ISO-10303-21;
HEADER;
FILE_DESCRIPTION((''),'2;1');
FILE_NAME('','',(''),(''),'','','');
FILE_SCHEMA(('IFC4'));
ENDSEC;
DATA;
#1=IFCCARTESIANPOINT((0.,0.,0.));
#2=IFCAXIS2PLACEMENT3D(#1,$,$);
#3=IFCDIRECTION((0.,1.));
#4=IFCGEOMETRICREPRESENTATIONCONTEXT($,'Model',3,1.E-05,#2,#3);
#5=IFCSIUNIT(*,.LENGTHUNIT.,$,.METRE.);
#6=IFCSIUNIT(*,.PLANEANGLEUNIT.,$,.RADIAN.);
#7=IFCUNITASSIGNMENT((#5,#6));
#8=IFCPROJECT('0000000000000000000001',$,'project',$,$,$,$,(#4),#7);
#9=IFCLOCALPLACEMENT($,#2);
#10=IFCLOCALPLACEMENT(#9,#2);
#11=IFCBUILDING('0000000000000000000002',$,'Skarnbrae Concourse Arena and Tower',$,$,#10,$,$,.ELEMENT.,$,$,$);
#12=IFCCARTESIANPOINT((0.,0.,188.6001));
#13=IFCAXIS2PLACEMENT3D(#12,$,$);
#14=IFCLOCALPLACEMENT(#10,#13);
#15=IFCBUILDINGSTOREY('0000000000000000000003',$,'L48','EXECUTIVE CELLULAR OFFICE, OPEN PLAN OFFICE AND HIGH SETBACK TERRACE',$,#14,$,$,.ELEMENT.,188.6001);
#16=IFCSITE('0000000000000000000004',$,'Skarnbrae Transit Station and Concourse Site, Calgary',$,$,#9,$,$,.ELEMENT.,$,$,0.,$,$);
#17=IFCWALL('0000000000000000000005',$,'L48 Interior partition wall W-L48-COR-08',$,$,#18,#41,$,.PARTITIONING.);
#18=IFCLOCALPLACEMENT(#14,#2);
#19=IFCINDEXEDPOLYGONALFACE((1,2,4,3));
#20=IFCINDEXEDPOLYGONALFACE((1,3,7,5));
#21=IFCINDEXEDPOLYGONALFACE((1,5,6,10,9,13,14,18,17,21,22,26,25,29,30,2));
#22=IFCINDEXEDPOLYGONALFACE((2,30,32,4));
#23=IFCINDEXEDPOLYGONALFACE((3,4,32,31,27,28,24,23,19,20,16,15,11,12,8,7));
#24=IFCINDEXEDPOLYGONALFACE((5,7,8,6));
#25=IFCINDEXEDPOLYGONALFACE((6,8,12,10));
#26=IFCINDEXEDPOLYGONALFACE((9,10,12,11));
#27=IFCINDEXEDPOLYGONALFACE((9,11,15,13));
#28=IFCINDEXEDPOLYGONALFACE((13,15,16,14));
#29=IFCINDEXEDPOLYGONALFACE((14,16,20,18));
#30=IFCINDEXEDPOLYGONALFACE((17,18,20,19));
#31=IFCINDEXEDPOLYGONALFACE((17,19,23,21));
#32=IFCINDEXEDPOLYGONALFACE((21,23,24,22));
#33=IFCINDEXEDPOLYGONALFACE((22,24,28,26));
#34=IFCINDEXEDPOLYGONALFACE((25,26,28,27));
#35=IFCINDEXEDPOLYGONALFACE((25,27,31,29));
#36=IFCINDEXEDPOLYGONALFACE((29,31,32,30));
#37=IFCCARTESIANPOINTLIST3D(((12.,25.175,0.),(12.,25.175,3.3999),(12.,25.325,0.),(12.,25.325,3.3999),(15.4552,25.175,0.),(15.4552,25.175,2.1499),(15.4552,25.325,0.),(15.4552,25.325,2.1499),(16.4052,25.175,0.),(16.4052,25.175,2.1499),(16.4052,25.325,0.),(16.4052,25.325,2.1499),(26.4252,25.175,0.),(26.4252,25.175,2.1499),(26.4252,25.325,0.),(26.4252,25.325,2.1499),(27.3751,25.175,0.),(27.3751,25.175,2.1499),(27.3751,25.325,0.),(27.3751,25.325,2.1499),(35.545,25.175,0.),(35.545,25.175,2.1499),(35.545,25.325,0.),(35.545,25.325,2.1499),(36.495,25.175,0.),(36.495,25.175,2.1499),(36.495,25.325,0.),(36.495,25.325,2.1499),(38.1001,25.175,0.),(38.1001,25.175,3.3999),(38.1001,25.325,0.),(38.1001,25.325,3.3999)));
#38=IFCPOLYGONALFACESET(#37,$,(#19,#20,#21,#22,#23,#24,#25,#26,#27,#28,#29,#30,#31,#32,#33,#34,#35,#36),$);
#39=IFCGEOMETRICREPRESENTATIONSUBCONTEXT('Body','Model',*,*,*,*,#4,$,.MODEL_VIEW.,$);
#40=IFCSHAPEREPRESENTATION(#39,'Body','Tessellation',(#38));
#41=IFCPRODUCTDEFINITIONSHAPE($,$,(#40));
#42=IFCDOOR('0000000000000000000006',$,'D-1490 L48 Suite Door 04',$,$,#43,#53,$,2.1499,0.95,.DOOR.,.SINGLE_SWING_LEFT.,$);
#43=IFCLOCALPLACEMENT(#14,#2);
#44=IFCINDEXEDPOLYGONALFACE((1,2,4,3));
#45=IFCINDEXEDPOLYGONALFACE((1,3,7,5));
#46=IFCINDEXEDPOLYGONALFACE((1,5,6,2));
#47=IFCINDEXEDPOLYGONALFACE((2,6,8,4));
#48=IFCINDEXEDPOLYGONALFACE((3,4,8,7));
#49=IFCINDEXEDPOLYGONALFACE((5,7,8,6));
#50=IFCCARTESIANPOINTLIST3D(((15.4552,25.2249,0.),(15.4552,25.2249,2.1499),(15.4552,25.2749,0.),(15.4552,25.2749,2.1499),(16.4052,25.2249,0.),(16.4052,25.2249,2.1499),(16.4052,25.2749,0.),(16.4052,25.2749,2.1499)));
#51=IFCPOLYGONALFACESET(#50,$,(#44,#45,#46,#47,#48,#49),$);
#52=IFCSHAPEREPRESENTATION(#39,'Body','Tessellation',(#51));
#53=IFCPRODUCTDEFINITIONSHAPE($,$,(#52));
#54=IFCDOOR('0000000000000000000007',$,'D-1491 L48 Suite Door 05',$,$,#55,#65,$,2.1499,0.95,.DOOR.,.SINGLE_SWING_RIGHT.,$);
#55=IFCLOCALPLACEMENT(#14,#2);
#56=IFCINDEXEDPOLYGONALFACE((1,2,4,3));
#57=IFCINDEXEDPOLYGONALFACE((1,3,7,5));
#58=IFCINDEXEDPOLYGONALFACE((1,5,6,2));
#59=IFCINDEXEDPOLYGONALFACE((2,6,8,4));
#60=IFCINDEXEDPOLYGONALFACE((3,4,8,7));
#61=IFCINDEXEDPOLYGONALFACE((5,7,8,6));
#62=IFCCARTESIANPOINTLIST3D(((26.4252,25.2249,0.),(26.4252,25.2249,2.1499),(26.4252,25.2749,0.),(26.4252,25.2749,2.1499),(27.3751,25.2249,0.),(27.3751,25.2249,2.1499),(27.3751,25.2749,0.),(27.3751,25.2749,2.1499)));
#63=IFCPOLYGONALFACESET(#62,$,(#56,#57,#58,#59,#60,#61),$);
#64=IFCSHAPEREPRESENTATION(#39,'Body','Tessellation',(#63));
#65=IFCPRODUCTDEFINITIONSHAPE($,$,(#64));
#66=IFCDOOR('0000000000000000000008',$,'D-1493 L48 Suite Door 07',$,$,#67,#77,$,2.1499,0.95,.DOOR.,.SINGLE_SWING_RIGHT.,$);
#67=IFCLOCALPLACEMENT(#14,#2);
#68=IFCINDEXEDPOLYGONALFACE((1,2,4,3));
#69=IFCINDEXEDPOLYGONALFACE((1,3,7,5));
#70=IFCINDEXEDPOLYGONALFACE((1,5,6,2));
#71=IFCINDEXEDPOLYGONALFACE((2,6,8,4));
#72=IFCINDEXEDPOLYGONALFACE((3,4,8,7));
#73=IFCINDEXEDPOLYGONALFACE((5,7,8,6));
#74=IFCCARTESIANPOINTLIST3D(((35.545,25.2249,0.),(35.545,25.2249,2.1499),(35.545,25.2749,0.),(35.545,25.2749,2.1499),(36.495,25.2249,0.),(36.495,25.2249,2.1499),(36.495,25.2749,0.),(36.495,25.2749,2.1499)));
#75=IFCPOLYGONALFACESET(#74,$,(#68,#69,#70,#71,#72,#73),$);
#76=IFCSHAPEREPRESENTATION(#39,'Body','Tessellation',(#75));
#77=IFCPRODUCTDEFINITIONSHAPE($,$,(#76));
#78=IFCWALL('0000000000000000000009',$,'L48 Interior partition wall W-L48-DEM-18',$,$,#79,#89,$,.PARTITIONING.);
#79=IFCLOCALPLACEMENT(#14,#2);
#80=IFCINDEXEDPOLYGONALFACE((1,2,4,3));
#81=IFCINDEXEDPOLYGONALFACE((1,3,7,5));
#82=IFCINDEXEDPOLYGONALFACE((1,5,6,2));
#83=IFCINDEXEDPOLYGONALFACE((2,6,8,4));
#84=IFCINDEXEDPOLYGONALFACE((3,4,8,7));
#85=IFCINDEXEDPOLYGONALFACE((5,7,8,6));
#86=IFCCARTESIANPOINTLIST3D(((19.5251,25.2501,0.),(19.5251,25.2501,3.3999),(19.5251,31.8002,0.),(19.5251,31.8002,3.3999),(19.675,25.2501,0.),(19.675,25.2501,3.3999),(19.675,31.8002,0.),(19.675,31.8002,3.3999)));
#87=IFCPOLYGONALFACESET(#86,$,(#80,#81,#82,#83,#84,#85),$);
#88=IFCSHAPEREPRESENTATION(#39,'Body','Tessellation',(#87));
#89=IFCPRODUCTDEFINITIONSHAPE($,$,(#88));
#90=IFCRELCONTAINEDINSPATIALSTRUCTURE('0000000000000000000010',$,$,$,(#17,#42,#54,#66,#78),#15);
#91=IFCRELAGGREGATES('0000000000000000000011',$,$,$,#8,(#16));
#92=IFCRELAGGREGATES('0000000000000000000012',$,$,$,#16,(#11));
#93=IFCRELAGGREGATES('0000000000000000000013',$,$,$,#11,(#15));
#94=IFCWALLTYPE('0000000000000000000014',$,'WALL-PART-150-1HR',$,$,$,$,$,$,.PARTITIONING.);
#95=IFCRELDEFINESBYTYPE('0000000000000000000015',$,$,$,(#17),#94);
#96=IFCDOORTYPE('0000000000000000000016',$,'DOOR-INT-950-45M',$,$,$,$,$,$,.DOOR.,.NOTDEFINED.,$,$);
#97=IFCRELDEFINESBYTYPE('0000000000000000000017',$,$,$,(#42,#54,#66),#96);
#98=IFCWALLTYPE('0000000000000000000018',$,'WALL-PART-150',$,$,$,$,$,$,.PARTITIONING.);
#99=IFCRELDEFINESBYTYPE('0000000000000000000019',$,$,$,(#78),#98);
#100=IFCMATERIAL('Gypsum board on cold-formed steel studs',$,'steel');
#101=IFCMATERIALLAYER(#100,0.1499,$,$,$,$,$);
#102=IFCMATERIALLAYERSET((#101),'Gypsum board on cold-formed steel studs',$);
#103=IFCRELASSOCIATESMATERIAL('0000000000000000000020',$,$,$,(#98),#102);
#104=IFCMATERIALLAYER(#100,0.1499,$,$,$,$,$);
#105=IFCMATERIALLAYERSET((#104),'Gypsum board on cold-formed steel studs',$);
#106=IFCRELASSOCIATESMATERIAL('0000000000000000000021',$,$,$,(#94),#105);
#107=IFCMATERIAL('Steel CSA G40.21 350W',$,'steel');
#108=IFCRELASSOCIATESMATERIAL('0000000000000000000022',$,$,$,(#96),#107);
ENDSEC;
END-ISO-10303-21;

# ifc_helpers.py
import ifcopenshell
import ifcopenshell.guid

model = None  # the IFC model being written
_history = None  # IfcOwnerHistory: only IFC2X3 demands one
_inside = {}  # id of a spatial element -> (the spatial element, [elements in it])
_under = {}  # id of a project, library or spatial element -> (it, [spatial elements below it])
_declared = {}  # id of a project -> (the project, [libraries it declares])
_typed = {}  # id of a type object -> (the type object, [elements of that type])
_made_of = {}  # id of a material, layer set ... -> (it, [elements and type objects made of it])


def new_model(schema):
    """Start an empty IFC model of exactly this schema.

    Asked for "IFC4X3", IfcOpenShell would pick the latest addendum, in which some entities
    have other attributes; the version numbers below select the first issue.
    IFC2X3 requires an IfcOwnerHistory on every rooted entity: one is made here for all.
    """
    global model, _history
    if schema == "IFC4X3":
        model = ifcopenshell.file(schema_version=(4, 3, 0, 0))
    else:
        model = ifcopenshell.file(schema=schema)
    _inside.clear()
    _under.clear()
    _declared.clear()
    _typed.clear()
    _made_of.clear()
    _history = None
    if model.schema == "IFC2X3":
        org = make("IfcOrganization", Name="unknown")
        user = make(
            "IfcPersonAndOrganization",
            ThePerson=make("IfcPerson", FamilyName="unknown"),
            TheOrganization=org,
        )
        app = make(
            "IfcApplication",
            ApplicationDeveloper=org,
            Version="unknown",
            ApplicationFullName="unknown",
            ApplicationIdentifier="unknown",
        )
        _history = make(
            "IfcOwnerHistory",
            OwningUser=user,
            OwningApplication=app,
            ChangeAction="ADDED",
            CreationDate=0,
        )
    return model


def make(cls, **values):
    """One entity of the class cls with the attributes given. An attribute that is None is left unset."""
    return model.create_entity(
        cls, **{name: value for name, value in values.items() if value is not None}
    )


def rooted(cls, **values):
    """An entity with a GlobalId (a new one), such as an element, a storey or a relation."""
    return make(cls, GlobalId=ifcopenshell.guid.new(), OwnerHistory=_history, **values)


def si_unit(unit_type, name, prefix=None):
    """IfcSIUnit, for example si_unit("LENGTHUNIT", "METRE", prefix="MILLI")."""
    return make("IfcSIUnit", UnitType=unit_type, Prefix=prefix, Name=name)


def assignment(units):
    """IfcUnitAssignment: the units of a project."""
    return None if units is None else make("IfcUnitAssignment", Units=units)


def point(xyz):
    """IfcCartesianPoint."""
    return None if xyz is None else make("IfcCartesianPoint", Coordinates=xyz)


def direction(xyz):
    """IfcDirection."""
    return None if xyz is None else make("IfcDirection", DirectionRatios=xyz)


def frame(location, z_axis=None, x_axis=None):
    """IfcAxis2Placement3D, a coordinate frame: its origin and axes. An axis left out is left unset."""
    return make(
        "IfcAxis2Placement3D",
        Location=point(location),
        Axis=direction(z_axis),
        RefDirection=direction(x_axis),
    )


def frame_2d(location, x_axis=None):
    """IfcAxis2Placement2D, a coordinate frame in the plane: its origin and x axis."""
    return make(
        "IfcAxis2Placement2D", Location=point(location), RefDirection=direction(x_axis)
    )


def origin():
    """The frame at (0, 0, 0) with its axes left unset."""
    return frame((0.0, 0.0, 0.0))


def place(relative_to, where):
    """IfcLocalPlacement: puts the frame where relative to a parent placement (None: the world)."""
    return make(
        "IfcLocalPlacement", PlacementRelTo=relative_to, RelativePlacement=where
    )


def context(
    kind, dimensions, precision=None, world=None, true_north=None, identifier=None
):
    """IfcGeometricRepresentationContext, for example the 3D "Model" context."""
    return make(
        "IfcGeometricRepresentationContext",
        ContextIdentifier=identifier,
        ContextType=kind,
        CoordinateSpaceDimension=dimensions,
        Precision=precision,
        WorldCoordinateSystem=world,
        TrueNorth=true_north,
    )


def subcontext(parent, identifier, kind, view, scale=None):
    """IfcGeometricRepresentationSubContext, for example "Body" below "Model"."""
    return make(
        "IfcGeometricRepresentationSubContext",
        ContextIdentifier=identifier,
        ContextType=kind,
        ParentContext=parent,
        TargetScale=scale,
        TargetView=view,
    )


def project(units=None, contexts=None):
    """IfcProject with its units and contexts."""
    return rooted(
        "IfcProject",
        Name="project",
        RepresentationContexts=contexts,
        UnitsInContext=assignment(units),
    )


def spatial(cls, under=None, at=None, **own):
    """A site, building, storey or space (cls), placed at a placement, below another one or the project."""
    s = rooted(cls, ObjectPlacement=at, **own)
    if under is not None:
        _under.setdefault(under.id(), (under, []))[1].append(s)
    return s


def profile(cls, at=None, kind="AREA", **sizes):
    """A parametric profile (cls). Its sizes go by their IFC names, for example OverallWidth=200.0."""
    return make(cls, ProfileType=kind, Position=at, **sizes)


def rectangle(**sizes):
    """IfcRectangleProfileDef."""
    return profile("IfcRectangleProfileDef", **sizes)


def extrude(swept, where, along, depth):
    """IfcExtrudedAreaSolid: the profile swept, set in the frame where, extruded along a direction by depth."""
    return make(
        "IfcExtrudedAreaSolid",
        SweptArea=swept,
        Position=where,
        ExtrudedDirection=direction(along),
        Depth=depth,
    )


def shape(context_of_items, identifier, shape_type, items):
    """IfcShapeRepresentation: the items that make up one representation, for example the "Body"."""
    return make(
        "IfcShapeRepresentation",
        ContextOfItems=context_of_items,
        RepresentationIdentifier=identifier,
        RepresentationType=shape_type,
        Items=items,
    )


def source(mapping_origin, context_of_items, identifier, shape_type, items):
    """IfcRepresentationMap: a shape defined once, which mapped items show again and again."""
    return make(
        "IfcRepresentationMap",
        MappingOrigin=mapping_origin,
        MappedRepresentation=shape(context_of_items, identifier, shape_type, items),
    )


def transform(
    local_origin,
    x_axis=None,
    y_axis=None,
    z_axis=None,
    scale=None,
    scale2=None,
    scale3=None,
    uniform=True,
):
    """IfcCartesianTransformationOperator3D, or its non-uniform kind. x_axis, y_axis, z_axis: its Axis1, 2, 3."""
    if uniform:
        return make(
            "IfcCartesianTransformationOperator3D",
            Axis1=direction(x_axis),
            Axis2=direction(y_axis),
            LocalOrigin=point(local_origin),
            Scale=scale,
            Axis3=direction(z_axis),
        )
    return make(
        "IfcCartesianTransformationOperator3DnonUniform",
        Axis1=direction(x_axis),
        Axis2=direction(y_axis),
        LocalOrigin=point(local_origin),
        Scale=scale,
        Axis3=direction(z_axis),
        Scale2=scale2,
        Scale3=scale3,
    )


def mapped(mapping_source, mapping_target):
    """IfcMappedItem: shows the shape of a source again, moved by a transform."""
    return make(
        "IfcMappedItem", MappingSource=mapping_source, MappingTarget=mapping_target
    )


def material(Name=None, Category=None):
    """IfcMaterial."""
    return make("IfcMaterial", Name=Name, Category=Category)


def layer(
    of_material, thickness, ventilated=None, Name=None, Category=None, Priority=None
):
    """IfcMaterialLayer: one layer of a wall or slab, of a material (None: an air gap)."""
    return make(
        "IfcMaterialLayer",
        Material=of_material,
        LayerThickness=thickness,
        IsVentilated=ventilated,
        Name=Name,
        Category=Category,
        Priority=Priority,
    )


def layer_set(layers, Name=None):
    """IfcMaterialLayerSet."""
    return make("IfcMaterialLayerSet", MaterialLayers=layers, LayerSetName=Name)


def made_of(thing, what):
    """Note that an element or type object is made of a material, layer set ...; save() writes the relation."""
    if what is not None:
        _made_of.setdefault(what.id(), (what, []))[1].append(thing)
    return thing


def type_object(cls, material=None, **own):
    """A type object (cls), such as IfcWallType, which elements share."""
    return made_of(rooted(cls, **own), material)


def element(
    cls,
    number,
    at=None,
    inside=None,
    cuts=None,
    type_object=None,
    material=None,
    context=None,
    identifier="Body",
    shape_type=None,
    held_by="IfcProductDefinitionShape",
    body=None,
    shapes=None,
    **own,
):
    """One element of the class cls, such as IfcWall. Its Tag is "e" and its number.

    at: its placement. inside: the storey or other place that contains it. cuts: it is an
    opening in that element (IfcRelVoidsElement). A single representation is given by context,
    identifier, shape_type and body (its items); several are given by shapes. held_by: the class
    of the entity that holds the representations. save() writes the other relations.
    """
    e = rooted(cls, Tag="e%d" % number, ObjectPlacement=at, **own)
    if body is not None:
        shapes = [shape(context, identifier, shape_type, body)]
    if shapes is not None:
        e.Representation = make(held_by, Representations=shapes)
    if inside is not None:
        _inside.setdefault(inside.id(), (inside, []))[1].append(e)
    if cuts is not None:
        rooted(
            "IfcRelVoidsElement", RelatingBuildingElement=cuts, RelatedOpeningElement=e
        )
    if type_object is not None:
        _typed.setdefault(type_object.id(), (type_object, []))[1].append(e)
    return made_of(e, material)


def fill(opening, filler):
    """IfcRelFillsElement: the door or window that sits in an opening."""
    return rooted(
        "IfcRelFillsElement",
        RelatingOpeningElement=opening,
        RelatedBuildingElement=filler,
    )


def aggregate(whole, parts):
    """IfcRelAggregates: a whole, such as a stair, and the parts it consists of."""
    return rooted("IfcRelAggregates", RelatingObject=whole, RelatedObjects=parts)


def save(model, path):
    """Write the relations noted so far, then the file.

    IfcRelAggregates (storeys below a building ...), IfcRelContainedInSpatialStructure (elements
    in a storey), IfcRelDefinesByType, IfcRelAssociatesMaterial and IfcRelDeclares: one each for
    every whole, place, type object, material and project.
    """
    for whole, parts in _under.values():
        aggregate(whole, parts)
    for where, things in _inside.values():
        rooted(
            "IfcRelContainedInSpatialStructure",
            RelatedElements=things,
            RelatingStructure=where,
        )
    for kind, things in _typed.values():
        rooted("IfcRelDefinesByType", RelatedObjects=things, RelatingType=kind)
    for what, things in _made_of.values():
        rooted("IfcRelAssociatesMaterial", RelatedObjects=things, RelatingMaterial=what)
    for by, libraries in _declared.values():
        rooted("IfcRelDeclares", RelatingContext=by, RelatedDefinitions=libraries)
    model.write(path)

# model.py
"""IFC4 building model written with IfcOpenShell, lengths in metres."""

from ifc_helpers import new_model, si_unit, direction, frame, frame_2d, origin, place, context, subcontext, project, spatial, rectangle, extrude, source, transform, mapped, material, layer, layer_set, type_object, element, fill, save


model = new_model("IFC4")

# Units and contexts
model_context = context("Model", 3, precision=1e-05, world=origin(), true_north=direction((0.0, 1.0)))
body_context = subcontext(model_context, "Body", "Model", "MODEL_VIEW")
ifc_project = project(units=[si_unit("LENGTHUNIT", "METRE"), si_unit("PLANEANGLEUNIT", "RADIAN")], contexts=[model_context])

# Site, building, storey
site_placement = place(None, origin())
site = spatial("IfcSite", under=ifc_project, at=site_placement, Name="Skarnbrae Transit Station and Concourse Site, Calgary", CompositionType="ELEMENT", RefElevation=0.0)
building_placement = place(site_placement, origin())
building = spatial("IfcBuilding", under=site, at=building_placement, Name="Skarnbrae Concourse Arena and Tower", CompositionType="ELEMENT")
storey_placement = place(building_placement, frame((0.0, 0.0, 188.6001)))
storey = spatial("IfcBuildingStorey", under=building, at=storey_placement, Name="L48", Description="EXECUTIVE CELLULAR OFFICE, OPEN PLAN OFFICE AND HIGH SETBACK TERRACE", CompositionType="ELEMENT", Elevation=188.6001)

# Shared definitions
ifc_material_1 = material(Name="Steel CSA G40.21 350W", Category="steel")

# Shared definitions
ifc_material_2 = material(Name="Gypsum board on cold-formed steel studs", Category="steel")
ifc_layer_1 = layer(ifc_material_2, 0.1499)
ifc_layer_set_1 = layer_set([ifc_layer_1], Name="Gypsum board on cold-formed steel studs")
wall_type_1 = type_object("IfcWallType", Name="WALL-PART-150", PredefinedType="PARTITIONING", material=ifc_layer_set_1)
ifc_layer_2 = layer(ifc_material_2, 0.1499)
ifc_layer_set_2 = layer_set([ifc_layer_2], Name="Gypsum board on cold-formed steel studs")
wall_type_2 = type_object("IfcWallType", Name="WALL-PART-150-1HR", PredefinedType="PARTITIONING", material=ifc_layer_set_2)

# Wall, openings, doors
shared_shape_1 = source(origin(), body_context, "Body", "SweptSolid", [
    extrude(rectangle(XDim=26.1001, YDim=0.1499, at=frame_2d((13.05, 0.0))), origin(), (0.0, 0.0, 1.0), 3.3999),
])
wall_1_placement = place(storey_placement, frame((12.0, 25.25, 0.0), z_axis=(0.0, 0.0, 1.0), x_axis=(1.0, 0.0, 0.0)))
wall_1 = element("IfcWall", 1, at=wall_1_placement, inside=storey, type_object=wall_type_2, Name="L48 Interior partition wall W-L48-COR-08", PredefinedType="PARTITIONING", context=body_context, shape_type="MappedRepresentation", body=[
    mapped(shared_shape_1, transform((0.0, 0.0, 0.0))),
])
opening_1_placement = place(wall_1_placement, frame((3.4551, 0.0, 0.0)))
opening_1 = element("IfcOpeningElement", 2, at=opening_1_placement, cuts=wall_1, PredefinedType="OPENING", context=body_context, shape_type="SweptSolid", body=[
    extrude(rectangle(XDim=0.95, YDim=2.1499, at=frame_2d((0.4751, 1.075))), frame((0.0, 0.085, 0.0), z_axis=(0.0, -1.0, 0.0), x_axis=(1.0, 0.0, 0.0)), (0.0, 0.0, 1.0), 0.1699),
])
opening_2_placement = place(wall_1_placement, frame((14.425, 0.0, 0.0)))
opening_2 = element("IfcOpeningElement", 3, at=opening_2_placement, cuts=wall_1, PredefinedType="OPENING", context=body_context, shape_type="SweptSolid", body=[
    extrude(rectangle(XDim=0.95, YDim=2.1499, at=frame_2d((0.4751, 1.075))), frame((0.0, 0.085, 0.0), z_axis=(0.0, -1.0, 0.0), x_axis=(1.0, 0.0, 0.0)), (0.0, 0.0, 1.0), 0.1699),
])
opening_3_placement = place(wall_1_placement, frame((23.5449, 0.0, 0.0)))
opening_3 = element("IfcOpeningElement", 4, at=opening_3_placement, cuts=wall_1, PredefinedType="OPENING", context=body_context, shape_type="SweptSolid", body=[
    extrude(rectangle(XDim=0.95, YDim=2.1499, at=frame_2d((0.4751, 1.075))), frame((0.0, 0.085, 0.0), z_axis=(0.0, -1.0, 0.0), x_axis=(1.0, 0.0, 0.0)), (0.0, 0.0, 1.0), 0.1699),
])
door_type = type_object("IfcDoorType", Name="DOOR-INT-950-45M", OperationType="NOTDEFINED", PredefinedType="DOOR", material=ifc_material_1)
shared_shape_2 = source(origin(), body_context, "Body", "SweptSolid", [
    extrude(rectangle(XDim=0.95, YDim=2.1499, at=frame_2d((0.4751, 1.075))), frame((0.0, 0.0249, 0.0), z_axis=(0.0, -1.0, 0.0), x_axis=(1.0, 0.0, 0.0)), (0.0, 0.0, 1.0), 0.05),
])
door_1_placement = place(opening_1_placement, origin())
door_1 = element("IfcDoor", 5, at=door_1_placement, inside=storey, type_object=door_type, Name="D-1490 L48 Suite Door 04", OperationType="SINGLE_SWING_LEFT", OverallHeight=2.1499, OverallWidth=0.95, PredefinedType="DOOR", context=body_context, shape_type="MappedRepresentation", body=[
    mapped(shared_shape_2, transform((0.0, 0.0, 0.0))),
])
fill(opening_1, door_1)
door_2_placement = place(opening_2_placement, origin())
door_2 = element("IfcDoor", 6, at=door_2_placement, inside=storey, type_object=door_type, Name="D-1491 L48 Suite Door 05", OperationType="SINGLE_SWING_RIGHT", OverallHeight=2.1499, OverallWidth=0.95, PredefinedType="DOOR", context=body_context, shape_type="MappedRepresentation", body=[
    mapped(shared_shape_2, transform((0.0, 0.0, 0.0))),
])
fill(opening_2, door_2)
door_3_placement = place(opening_3_placement, origin())
door_3 = element("IfcDoor", 7, at=door_3_placement, inside=storey, type_object=door_type, Name="D-1493 L48 Suite Door 07", OperationType="SINGLE_SWING_RIGHT", OverallHeight=2.1499, OverallWidth=0.95, PredefinedType="DOOR", context=body_context, shape_type="MappedRepresentation", body=[
    mapped(shared_shape_2, transform((0.0, 0.0, 0.0))),
])
fill(opening_3, door_3)

# Wall
shared_shape_3 = source(origin(), body_context, "Body", "SweptSolid", [
    extrude(rectangle(XDim=6.55, YDim=0.1499, at=frame_2d((3.2749, 0.0))), origin(), (0.0, 0.0, 1.0), 3.3999),
])
wall_2_placement = place(storey_placement, frame((19.6001, 31.8, 0.0), z_axis=(0.0, 0.0, 1.0), x_axis=(0.0, -1.0, 0.0)))
element("IfcWall", 8, at=wall_2_placement, inside=storey, type_object=wall_type_1, Name="L48 Interior partition wall W-L48-DEM-18", PredefinedType="PARTITIONING", context=body_context, shape_type="MappedRepresentation", body=[
    mapped(shared_shape_3, transform((0.0, 0.0, 0.0))),
])

save(model, "model.ifc")
